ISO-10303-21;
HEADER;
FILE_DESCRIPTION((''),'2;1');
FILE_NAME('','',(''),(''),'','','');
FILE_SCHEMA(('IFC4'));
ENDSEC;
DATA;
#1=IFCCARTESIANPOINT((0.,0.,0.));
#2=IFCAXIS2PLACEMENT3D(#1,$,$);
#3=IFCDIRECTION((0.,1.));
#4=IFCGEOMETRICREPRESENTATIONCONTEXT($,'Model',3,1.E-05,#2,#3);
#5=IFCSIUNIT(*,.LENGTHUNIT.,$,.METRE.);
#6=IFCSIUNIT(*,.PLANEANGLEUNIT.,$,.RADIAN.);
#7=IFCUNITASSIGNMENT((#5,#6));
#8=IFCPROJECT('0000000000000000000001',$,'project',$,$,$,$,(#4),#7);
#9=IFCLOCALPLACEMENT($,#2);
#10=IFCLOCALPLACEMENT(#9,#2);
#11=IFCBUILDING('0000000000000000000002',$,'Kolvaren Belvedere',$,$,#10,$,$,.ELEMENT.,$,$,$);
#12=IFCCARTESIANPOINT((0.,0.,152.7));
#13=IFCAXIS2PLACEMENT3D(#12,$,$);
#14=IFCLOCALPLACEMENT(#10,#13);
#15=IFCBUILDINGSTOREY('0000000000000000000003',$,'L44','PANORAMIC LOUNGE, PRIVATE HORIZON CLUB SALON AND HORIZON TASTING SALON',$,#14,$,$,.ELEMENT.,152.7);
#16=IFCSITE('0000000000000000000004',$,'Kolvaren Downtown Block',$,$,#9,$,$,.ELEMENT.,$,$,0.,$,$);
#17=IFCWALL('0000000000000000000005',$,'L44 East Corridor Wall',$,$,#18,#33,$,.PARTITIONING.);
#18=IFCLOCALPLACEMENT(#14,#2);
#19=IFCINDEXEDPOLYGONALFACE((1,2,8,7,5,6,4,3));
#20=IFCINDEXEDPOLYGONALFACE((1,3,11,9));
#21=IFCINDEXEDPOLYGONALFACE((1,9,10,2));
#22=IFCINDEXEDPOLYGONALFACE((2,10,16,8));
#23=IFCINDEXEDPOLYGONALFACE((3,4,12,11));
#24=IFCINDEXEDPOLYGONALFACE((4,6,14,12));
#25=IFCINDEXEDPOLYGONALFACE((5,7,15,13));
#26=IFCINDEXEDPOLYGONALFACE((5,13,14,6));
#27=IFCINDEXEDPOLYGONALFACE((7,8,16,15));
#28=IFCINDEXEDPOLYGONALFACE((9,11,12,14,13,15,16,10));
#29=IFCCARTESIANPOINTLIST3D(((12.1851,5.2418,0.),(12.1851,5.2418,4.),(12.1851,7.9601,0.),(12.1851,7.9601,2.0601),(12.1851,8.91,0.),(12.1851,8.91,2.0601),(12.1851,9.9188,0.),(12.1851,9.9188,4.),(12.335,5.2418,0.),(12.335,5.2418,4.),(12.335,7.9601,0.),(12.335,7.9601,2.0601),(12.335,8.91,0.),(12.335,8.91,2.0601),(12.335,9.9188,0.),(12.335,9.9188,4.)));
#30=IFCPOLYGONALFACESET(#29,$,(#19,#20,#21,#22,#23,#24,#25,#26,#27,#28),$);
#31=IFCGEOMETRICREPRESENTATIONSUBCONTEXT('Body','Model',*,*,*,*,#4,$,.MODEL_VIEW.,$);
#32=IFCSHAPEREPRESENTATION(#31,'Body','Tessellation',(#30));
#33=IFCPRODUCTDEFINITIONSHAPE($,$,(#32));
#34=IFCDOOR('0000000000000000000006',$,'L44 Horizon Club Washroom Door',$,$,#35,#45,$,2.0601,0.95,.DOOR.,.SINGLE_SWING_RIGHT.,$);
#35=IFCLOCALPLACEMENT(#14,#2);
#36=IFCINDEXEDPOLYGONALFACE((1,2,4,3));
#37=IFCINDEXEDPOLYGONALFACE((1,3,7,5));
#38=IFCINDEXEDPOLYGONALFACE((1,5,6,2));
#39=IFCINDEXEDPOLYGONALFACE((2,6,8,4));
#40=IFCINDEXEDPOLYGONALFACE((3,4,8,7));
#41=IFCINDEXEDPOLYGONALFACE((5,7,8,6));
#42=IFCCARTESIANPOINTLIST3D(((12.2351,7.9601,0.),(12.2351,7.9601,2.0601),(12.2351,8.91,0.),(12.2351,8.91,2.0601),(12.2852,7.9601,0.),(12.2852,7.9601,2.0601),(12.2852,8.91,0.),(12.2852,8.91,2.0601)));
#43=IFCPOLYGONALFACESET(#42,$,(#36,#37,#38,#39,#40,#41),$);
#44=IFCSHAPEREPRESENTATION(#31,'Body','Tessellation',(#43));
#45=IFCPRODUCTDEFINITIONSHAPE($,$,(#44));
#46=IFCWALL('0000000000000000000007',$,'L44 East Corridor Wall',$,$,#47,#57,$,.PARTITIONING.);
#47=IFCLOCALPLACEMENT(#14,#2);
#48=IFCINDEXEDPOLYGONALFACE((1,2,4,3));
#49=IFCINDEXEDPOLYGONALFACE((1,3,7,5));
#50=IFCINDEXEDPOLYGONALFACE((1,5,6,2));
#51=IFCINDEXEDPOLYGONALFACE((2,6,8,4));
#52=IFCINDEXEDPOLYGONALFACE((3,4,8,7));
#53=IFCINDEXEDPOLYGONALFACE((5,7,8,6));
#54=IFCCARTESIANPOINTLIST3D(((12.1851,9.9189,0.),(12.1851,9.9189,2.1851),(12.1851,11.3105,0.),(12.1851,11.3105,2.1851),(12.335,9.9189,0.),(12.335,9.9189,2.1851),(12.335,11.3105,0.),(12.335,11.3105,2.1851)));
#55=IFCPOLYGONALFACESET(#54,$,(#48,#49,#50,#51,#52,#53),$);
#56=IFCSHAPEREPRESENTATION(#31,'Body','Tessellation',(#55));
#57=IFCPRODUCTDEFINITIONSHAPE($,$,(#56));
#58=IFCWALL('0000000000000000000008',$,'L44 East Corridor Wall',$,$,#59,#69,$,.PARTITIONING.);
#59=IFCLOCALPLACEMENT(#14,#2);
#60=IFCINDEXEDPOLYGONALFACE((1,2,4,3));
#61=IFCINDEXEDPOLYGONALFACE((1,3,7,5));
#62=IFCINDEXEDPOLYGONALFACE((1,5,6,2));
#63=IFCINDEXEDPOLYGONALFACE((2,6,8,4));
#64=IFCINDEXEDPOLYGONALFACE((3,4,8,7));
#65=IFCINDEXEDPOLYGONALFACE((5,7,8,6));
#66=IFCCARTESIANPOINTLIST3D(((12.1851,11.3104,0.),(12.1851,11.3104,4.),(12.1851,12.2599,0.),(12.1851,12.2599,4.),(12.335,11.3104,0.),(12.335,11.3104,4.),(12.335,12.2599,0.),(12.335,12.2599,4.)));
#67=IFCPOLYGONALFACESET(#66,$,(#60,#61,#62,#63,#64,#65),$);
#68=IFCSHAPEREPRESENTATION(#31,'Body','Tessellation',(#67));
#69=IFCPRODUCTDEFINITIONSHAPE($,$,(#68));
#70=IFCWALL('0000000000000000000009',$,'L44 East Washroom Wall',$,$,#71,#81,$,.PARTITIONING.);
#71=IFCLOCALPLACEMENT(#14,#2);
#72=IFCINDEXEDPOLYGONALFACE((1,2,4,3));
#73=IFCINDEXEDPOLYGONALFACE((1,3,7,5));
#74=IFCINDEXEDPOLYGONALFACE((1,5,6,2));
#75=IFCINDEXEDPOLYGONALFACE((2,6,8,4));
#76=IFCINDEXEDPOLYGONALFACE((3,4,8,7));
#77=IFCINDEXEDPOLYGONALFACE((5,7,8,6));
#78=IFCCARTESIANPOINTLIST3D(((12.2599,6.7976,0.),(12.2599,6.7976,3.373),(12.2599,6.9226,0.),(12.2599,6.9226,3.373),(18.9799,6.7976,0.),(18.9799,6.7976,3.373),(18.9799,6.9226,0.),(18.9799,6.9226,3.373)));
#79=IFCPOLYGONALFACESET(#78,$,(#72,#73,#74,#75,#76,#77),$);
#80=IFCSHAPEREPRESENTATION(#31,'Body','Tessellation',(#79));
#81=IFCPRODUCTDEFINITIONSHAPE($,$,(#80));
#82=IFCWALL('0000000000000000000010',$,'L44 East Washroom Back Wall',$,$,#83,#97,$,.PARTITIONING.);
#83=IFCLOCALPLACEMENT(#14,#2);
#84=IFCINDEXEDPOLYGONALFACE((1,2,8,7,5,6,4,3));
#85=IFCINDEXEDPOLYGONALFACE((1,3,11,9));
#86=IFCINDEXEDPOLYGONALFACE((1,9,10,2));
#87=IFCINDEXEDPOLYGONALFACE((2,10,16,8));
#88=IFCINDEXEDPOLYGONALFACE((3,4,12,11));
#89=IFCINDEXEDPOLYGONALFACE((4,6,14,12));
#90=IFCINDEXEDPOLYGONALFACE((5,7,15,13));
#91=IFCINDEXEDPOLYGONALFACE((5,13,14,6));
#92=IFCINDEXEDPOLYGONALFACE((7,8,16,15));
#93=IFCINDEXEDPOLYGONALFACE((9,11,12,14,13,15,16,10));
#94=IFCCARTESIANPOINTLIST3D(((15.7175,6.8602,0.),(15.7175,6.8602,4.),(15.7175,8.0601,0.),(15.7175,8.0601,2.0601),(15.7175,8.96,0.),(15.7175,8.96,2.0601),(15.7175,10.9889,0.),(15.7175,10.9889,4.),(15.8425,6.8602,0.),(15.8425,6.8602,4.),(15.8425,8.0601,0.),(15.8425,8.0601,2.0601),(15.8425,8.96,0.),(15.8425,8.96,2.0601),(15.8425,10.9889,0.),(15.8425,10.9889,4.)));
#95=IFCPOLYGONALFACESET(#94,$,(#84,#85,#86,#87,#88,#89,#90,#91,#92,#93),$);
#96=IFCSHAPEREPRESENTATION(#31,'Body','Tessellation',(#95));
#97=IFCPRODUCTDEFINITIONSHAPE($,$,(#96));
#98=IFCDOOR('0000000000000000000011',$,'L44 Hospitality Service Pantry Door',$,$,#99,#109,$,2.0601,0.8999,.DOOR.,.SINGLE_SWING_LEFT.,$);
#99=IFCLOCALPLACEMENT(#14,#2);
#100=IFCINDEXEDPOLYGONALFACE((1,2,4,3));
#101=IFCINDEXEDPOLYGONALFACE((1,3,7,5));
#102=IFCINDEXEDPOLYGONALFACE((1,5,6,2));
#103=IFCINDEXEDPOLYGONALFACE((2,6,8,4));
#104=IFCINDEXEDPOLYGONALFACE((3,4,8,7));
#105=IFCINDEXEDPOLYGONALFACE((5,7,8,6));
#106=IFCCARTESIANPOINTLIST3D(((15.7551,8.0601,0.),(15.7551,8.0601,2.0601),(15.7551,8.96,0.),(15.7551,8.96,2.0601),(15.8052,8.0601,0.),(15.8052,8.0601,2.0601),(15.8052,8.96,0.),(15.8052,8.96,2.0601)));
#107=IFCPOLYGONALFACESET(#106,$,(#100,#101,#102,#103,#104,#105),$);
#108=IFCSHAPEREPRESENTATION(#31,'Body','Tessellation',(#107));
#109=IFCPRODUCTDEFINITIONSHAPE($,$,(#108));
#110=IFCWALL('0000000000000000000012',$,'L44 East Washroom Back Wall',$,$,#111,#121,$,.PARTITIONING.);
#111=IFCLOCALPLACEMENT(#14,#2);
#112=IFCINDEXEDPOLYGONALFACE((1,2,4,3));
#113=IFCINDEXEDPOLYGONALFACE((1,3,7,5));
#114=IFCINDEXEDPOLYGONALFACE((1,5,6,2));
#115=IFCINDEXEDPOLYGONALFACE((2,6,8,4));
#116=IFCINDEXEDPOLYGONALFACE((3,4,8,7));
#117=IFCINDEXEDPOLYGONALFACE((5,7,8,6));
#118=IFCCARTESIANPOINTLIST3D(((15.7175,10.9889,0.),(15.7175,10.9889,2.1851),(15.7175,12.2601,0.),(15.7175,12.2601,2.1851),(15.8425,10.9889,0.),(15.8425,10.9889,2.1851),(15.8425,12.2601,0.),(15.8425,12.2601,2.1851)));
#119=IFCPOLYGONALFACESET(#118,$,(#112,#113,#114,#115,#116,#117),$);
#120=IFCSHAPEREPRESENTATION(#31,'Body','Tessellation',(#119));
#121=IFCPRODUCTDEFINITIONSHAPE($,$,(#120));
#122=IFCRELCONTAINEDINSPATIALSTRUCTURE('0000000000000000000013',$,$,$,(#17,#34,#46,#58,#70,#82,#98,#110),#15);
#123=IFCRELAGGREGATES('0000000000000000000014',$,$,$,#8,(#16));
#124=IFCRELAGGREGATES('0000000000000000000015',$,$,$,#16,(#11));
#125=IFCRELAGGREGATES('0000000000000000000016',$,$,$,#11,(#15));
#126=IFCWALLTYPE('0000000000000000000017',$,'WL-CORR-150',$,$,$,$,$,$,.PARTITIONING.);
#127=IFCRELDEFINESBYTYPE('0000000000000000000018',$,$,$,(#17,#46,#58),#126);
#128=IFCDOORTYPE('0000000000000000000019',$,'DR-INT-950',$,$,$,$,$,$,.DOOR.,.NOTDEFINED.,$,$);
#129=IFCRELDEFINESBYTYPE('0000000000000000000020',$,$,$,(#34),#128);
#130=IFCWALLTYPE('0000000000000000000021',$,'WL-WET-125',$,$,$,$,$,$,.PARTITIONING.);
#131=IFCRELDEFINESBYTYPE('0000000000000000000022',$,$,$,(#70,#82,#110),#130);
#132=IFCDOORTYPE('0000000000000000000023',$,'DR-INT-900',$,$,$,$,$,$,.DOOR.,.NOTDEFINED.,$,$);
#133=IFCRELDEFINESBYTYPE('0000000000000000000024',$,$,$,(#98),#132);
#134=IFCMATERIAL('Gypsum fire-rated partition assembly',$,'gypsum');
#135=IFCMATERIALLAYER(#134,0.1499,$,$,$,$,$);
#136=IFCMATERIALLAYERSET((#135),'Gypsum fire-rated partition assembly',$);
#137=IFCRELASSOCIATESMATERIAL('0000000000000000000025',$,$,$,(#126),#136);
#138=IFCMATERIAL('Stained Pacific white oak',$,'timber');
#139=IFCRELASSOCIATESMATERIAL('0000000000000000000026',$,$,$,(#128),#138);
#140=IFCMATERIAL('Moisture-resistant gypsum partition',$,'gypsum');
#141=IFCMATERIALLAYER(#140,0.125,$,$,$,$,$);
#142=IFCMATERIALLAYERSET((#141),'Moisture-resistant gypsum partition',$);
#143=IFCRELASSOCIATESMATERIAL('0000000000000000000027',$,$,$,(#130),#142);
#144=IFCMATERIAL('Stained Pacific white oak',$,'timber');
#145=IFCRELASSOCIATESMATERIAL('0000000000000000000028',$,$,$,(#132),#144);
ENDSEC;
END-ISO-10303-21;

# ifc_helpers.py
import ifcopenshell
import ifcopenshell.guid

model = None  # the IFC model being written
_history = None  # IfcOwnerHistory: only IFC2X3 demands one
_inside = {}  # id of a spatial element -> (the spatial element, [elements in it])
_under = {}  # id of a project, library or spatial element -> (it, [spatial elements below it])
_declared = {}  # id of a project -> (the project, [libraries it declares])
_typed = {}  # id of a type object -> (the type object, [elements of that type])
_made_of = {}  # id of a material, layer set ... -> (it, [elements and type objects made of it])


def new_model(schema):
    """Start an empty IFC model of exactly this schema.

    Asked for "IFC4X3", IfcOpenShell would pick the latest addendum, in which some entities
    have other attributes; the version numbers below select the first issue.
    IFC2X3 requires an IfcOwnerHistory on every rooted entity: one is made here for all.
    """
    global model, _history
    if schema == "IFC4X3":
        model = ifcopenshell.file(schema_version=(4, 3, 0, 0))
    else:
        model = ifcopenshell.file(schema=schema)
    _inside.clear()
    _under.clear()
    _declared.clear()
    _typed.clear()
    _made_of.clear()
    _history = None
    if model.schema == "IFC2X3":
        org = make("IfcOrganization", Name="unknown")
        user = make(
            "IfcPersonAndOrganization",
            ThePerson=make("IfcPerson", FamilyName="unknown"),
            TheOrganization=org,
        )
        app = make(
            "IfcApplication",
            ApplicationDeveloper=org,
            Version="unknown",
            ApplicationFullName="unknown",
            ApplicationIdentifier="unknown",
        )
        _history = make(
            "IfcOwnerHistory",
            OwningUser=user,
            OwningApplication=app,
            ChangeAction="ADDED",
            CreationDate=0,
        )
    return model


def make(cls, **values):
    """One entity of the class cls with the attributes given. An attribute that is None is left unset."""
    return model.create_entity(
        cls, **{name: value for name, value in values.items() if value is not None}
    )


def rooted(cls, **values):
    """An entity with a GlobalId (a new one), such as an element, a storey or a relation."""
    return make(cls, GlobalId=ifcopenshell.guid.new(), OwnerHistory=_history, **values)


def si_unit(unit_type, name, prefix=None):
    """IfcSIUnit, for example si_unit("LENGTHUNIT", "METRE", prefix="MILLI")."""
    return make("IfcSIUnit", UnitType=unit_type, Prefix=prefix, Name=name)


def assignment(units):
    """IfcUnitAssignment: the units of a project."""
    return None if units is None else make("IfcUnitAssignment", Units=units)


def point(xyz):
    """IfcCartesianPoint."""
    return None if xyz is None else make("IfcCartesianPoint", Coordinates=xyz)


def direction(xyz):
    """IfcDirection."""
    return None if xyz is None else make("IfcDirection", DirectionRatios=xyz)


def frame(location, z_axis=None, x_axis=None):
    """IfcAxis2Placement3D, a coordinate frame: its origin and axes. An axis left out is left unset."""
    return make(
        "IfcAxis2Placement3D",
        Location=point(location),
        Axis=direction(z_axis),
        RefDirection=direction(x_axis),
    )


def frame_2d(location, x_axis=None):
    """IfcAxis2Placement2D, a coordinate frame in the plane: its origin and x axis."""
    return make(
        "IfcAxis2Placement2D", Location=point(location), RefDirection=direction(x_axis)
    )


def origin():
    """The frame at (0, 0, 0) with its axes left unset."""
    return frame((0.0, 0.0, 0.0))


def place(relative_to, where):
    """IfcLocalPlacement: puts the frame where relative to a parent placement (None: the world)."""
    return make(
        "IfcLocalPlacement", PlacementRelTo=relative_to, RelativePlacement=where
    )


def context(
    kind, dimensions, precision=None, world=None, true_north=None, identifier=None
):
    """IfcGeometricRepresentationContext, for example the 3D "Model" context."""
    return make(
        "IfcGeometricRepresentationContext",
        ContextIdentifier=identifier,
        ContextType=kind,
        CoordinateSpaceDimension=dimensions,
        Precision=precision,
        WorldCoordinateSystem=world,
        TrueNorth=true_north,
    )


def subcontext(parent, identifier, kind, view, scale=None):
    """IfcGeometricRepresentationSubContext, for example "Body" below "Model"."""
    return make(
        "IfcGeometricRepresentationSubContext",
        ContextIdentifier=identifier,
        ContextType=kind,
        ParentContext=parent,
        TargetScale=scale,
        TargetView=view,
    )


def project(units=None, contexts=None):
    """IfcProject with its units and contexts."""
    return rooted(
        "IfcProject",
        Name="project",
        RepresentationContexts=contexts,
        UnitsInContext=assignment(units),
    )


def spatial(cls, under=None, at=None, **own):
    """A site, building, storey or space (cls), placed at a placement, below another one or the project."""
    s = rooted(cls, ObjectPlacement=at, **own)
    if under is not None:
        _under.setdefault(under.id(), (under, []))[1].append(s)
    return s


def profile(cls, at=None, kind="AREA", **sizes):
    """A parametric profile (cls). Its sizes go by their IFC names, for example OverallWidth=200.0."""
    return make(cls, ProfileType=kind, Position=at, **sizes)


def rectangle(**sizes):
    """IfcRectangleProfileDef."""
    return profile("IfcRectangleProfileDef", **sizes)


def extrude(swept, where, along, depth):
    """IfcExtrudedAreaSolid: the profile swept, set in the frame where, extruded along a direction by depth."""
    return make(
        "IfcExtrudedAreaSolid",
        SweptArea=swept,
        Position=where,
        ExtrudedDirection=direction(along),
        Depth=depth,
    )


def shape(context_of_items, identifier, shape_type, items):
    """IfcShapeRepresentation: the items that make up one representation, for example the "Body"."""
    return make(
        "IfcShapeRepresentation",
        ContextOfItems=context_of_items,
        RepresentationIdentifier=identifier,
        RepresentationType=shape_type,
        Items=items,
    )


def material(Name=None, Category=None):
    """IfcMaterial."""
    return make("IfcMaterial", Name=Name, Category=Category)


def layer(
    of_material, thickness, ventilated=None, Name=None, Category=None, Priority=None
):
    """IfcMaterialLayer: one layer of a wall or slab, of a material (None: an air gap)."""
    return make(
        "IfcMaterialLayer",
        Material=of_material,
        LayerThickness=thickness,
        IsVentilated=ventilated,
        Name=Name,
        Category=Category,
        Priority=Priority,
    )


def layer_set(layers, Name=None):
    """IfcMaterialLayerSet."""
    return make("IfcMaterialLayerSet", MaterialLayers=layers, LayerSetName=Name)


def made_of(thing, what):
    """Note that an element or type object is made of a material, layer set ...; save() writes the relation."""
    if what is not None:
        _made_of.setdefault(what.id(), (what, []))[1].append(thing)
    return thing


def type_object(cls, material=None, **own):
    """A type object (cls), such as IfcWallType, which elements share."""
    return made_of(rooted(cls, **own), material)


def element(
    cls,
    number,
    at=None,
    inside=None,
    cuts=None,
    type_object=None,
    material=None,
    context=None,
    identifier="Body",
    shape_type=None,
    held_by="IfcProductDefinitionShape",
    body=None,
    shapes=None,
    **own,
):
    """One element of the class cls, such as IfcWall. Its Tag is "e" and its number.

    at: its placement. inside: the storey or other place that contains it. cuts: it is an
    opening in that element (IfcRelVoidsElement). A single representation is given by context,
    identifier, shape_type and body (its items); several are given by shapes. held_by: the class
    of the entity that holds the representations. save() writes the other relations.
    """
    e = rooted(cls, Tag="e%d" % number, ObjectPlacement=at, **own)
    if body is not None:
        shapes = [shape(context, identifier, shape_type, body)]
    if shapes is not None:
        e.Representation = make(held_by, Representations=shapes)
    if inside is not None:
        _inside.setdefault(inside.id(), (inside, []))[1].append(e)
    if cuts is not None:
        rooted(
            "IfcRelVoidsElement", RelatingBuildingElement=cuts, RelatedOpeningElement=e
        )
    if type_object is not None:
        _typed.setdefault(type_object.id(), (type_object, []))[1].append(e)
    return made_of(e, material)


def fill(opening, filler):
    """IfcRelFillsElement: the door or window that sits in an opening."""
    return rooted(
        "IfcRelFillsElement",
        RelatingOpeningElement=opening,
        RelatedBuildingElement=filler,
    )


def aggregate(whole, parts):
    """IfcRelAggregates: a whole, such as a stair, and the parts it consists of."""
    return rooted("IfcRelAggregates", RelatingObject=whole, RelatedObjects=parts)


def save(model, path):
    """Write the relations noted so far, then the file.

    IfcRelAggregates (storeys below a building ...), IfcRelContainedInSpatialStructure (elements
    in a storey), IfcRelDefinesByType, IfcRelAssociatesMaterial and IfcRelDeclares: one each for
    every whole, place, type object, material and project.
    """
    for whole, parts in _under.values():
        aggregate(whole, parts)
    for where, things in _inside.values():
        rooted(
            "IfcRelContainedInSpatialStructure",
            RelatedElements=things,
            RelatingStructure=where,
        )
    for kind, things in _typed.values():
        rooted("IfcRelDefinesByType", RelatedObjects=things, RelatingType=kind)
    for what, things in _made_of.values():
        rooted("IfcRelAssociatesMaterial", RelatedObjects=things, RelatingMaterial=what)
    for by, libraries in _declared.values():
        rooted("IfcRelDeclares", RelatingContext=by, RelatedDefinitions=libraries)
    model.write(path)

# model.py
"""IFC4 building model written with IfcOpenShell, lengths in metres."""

from ifc_helpers import new_model, si_unit, direction, frame, frame_2d, origin, place, context, subcontext, project, spatial, rectangle, extrude, material, layer, layer_set, type_object, element, fill, save


model = new_model("IFC4")

# Units and contexts
model_context = context("Model", 3, precision=1e-05, world=origin(), true_north=direction((0.0, 1.0)))
body_context = subcontext(model_context, "Body", "Model", "MODEL_VIEW")
ifc_project = project(units=[si_unit("LENGTHUNIT", "METRE"), si_unit("PLANEANGLEUNIT", "RADIAN")], contexts=[model_context])

# Site, building, storey
site_placement = place(None, origin())
site = spatial("IfcSite", under=ifc_project, at=site_placement, Name="Kolvaren Downtown Block", CompositionType="ELEMENT", RefElevation=0.0)
building_placement = place(site_placement, origin())
building = spatial("IfcBuilding", under=site, at=building_placement, Name="Kolvaren Belvedere", CompositionType="ELEMENT")
storey_placement = place(building_placement, frame((0.0, 0.0, 152.7)))
storey = spatial("IfcBuildingStorey", under=building, at=storey_placement, Name="L44", Description="PANORAMIC LOUNGE, PRIVATE HORIZON CLUB SALON AND HORIZON TASTING SALON", CompositionType="ELEMENT", Elevation=152.7)

# Shared definitions
ifc_material_1 = material(Name="Gypsum fire-rated partition assembly", Category="gypsum")
ifc_layer_1 = layer(ifc_material_1, 0.1499)
ifc_layer_set_1 = layer_set([ifc_layer_1], Name="Gypsum fire-rated partition assembly")
wall_type_1 = type_object("IfcWallType", Name="WL-CORR-150", PredefinedType="PARTITIONING", material=ifc_layer_set_1)

# Wall, opening, door
wall_1_placement = place(storey_placement, frame((12.26, 5.2419, 0.0), z_axis=(0.0, 0.0, 1.0), x_axis=(0.0, 1.0, 0.0)))
wall_1 = element("IfcWall", 1, at=wall_1_placement, inside=storey, type_object=wall_type_1, Name="L44 East Corridor Wall", PredefinedType="PARTITIONING", context=body_context, shape_type="SweptSolid", body=[
    extrude(rectangle(XDim=4.677, YDim=0.1499, at=frame_2d((2.3384, 0.0))), origin(), (0.0, 0.0, 1.0), 4.0),
])
opening_1_placement = place(wall_1_placement, frame((2.718, 0.0, 0.0)))
opening_1 = element("IfcOpeningElement", 2, at=opening_1_placement, cuts=wall_1, PredefinedType="OPENING", context=body_context, shape_type="SweptSolid", body=[
    extrude(rectangle(XDim=0.95, YDim=2.0601, at=frame_2d((0.4751, 1.03))), frame((0.0, 0.085, 0.0), z_axis=(0.0, -1.0, 0.0), x_axis=(1.0, 0.0, 0.0)), (0.0, 0.0, 1.0), 0.1699),
])
ifc_material_2 = material(Name="Stained Pacific white oak", Category="timber")
door_type_1 = type_object("IfcDoorType", Name="DR-INT-950", OperationType="NOTDEFINED", PredefinedType="DOOR", material=ifc_material_2)
door_1_placement = place(opening_1_placement, origin())
door_1 = element("IfcDoor", 3, at=door_1_placement, inside=storey, type_object=door_type_1, Name="L44 Horizon Club Washroom Door", OperationType="SINGLE_SWING_RIGHT", OverallHeight=2.0601, OverallWidth=0.95, PredefinedType="DOOR", context=body_context, shape_type="SweptSolid", body=[
    extrude(rectangle(XDim=0.95, YDim=2.0601, at=frame_2d((0.4751, 1.03))), frame((0.0, 0.0249, 0.0), z_axis=(0.0, -1.0, 0.0), x_axis=(1.0, 0.0, 0.0)), (0.0, 0.0, 1.0), 0.05),
])
fill(opening_1, door_1)

# Walls
wall_2_placement = place(storey_placement, frame((12.26, 9.9189, 0.0), z_axis=(0.0, 0.0, 1.0), x_axis=(0.0, 1.0, 0.0)))
element("IfcWall", 4, at=wall_2_placement, inside=storey, type_object=wall_type_1, Name="L44 East Corridor Wall", PredefinedType="PARTITIONING", context=body_context, shape_type="SweptSolid", body=[
    extrude(rectangle(XDim=1.3916, YDim=0.1499, at=frame_2d((0.6958, 0.0))), origin(), (0.0, 0.0, 1.0), 2.1851),
])
wall_3_placement = place(storey_placement, frame((12.26, 11.3105, 0.0), z_axis=(0.0, 0.0, 1.0), x_axis=(0.0, 1.0, 0.0)))
element("IfcWall", 5, at=wall_3_placement, inside=storey, type_object=wall_type_1, Name="L44 East Corridor Wall", PredefinedType="PARTITIONING", context=body_context, shape_type="SweptSolid", body=[
    extrude(rectangle(XDim=0.9495, YDim=0.1499, at=frame_2d((0.4746, 0.0))), origin(), (0.0, 0.0, 1.0), 4.0),
])
ifc_material_3 = material(Name="Moisture-resistant gypsum partition", Category="gypsum")
ifc_layer_2 = layer(ifc_material_3, 0.125)
ifc_layer_set_2 = layer_set([ifc_layer_2], Name="Moisture-resistant gypsum partition")
wall_type_2 = type_object("IfcWallType", Name="WL-WET-125", PredefinedType="PARTITIONING", material=ifc_layer_set_2)
wall_4_placement = place(storey_placement, frame((12.26, 6.8601, 0.0), z_axis=(0.0, 0.0, 1.0), x_axis=(1.0, 0.0, 0.0)))
element("IfcWall", 6, at=wall_4_placement, inside=storey, type_object=wall_type_2, Name="L44 East Washroom Wall", PredefinedType="PARTITIONING", context=body_context, shape_type="SweptSolid", body=[
    extrude(rectangle(XDim=6.72, YDim=0.125, at=frame_2d((3.3599, 0.0))), origin(), (0.0, 0.0, 1.0), 3.373),
])

# Wall, opening, door
wall_5_placement = place(storey_placement, frame((15.78, 6.8601, 0.0), z_axis=(0.0, 0.0, 1.0), x_axis=(0.0, 1.0, 0.0)))
wall_5 = element("IfcWall", 7, at=wall_5_placement, inside=storey, type_object=wall_type_2, Name="L44 East Washroom Back Wall", PredefinedType="PARTITIONING", context=body_context, shape_type="SweptSolid", body=[
    extrude(rectangle(XDim=4.1287, YDim=0.125, at=frame_2d((2.0645, 0.0))), origin(), (0.0, 0.0, 1.0), 4.0),
])
opening_2_placement = place(wall_5_placement, frame((1.2, 0.0, 0.0)))
opening_2 = element("IfcOpeningElement", 8, at=opening_2_placement, cuts=wall_5, PredefinedType="OPENING", context=body_context, shape_type="SweptSolid", body=[
    extrude(rectangle(XDim=0.8999, YDim=2.0601, at=frame_2d((0.45, 1.03))), frame((0.0, 0.0725, 0.0), z_axis=(0.0, -1.0, 0.0), x_axis=(1.0, 0.0, 0.0)), (0.0, 0.0, 1.0), 0.145),
])
ifc_material_4 = material(Name="Stained Pacific white oak", Category="timber")
door_type_2 = type_object("IfcDoorType", Name="DR-INT-900", OperationType="NOTDEFINED", PredefinedType="DOOR", material=ifc_material_4)
door_2_placement = place(opening_2_placement, origin())
door_2 = element("IfcDoor", 9, at=door_2_placement, inside=storey, type_object=door_type_2, Name="L44 Hospitality Service Pantry Door", OperationType="SINGLE_SWING_LEFT", OverallHeight=2.0601, OverallWidth=0.8999, PredefinedType="DOOR", context=body_context, shape_type="SweptSolid", body=[
    extrude(rectangle(XDim=0.8999, YDim=2.0601, at=frame_2d((0.45, 1.03))), frame((0.0, 0.0249, 0.0), z_axis=(0.0, -1.0, 0.0), x_axis=(1.0, 0.0, 0.0)), (0.0, 0.0, 1.0), 0.05),
])
fill(opening_2, door_2)

# Wall
wall_6_placement = place(storey_placement, frame((15.78, 10.9888, 0.0), z_axis=(0.0, 0.0, 1.0), x_axis=(0.0, 1.0, 0.0)))
element("IfcWall", 10, at=wall_6_placement, inside=storey, type_object=wall_type_2, Name="L44 East Washroom Back Wall", PredefinedType="PARTITIONING", context=body_context, shape_type="SweptSolid", body=[
    extrude(rectangle(XDim=1.2712, YDim=0.125, at=frame_2d((0.6357, 0.0))), origin(), (0.0, 0.0, 1.0), 2.1851),
])

save(model, "model.ifc")
